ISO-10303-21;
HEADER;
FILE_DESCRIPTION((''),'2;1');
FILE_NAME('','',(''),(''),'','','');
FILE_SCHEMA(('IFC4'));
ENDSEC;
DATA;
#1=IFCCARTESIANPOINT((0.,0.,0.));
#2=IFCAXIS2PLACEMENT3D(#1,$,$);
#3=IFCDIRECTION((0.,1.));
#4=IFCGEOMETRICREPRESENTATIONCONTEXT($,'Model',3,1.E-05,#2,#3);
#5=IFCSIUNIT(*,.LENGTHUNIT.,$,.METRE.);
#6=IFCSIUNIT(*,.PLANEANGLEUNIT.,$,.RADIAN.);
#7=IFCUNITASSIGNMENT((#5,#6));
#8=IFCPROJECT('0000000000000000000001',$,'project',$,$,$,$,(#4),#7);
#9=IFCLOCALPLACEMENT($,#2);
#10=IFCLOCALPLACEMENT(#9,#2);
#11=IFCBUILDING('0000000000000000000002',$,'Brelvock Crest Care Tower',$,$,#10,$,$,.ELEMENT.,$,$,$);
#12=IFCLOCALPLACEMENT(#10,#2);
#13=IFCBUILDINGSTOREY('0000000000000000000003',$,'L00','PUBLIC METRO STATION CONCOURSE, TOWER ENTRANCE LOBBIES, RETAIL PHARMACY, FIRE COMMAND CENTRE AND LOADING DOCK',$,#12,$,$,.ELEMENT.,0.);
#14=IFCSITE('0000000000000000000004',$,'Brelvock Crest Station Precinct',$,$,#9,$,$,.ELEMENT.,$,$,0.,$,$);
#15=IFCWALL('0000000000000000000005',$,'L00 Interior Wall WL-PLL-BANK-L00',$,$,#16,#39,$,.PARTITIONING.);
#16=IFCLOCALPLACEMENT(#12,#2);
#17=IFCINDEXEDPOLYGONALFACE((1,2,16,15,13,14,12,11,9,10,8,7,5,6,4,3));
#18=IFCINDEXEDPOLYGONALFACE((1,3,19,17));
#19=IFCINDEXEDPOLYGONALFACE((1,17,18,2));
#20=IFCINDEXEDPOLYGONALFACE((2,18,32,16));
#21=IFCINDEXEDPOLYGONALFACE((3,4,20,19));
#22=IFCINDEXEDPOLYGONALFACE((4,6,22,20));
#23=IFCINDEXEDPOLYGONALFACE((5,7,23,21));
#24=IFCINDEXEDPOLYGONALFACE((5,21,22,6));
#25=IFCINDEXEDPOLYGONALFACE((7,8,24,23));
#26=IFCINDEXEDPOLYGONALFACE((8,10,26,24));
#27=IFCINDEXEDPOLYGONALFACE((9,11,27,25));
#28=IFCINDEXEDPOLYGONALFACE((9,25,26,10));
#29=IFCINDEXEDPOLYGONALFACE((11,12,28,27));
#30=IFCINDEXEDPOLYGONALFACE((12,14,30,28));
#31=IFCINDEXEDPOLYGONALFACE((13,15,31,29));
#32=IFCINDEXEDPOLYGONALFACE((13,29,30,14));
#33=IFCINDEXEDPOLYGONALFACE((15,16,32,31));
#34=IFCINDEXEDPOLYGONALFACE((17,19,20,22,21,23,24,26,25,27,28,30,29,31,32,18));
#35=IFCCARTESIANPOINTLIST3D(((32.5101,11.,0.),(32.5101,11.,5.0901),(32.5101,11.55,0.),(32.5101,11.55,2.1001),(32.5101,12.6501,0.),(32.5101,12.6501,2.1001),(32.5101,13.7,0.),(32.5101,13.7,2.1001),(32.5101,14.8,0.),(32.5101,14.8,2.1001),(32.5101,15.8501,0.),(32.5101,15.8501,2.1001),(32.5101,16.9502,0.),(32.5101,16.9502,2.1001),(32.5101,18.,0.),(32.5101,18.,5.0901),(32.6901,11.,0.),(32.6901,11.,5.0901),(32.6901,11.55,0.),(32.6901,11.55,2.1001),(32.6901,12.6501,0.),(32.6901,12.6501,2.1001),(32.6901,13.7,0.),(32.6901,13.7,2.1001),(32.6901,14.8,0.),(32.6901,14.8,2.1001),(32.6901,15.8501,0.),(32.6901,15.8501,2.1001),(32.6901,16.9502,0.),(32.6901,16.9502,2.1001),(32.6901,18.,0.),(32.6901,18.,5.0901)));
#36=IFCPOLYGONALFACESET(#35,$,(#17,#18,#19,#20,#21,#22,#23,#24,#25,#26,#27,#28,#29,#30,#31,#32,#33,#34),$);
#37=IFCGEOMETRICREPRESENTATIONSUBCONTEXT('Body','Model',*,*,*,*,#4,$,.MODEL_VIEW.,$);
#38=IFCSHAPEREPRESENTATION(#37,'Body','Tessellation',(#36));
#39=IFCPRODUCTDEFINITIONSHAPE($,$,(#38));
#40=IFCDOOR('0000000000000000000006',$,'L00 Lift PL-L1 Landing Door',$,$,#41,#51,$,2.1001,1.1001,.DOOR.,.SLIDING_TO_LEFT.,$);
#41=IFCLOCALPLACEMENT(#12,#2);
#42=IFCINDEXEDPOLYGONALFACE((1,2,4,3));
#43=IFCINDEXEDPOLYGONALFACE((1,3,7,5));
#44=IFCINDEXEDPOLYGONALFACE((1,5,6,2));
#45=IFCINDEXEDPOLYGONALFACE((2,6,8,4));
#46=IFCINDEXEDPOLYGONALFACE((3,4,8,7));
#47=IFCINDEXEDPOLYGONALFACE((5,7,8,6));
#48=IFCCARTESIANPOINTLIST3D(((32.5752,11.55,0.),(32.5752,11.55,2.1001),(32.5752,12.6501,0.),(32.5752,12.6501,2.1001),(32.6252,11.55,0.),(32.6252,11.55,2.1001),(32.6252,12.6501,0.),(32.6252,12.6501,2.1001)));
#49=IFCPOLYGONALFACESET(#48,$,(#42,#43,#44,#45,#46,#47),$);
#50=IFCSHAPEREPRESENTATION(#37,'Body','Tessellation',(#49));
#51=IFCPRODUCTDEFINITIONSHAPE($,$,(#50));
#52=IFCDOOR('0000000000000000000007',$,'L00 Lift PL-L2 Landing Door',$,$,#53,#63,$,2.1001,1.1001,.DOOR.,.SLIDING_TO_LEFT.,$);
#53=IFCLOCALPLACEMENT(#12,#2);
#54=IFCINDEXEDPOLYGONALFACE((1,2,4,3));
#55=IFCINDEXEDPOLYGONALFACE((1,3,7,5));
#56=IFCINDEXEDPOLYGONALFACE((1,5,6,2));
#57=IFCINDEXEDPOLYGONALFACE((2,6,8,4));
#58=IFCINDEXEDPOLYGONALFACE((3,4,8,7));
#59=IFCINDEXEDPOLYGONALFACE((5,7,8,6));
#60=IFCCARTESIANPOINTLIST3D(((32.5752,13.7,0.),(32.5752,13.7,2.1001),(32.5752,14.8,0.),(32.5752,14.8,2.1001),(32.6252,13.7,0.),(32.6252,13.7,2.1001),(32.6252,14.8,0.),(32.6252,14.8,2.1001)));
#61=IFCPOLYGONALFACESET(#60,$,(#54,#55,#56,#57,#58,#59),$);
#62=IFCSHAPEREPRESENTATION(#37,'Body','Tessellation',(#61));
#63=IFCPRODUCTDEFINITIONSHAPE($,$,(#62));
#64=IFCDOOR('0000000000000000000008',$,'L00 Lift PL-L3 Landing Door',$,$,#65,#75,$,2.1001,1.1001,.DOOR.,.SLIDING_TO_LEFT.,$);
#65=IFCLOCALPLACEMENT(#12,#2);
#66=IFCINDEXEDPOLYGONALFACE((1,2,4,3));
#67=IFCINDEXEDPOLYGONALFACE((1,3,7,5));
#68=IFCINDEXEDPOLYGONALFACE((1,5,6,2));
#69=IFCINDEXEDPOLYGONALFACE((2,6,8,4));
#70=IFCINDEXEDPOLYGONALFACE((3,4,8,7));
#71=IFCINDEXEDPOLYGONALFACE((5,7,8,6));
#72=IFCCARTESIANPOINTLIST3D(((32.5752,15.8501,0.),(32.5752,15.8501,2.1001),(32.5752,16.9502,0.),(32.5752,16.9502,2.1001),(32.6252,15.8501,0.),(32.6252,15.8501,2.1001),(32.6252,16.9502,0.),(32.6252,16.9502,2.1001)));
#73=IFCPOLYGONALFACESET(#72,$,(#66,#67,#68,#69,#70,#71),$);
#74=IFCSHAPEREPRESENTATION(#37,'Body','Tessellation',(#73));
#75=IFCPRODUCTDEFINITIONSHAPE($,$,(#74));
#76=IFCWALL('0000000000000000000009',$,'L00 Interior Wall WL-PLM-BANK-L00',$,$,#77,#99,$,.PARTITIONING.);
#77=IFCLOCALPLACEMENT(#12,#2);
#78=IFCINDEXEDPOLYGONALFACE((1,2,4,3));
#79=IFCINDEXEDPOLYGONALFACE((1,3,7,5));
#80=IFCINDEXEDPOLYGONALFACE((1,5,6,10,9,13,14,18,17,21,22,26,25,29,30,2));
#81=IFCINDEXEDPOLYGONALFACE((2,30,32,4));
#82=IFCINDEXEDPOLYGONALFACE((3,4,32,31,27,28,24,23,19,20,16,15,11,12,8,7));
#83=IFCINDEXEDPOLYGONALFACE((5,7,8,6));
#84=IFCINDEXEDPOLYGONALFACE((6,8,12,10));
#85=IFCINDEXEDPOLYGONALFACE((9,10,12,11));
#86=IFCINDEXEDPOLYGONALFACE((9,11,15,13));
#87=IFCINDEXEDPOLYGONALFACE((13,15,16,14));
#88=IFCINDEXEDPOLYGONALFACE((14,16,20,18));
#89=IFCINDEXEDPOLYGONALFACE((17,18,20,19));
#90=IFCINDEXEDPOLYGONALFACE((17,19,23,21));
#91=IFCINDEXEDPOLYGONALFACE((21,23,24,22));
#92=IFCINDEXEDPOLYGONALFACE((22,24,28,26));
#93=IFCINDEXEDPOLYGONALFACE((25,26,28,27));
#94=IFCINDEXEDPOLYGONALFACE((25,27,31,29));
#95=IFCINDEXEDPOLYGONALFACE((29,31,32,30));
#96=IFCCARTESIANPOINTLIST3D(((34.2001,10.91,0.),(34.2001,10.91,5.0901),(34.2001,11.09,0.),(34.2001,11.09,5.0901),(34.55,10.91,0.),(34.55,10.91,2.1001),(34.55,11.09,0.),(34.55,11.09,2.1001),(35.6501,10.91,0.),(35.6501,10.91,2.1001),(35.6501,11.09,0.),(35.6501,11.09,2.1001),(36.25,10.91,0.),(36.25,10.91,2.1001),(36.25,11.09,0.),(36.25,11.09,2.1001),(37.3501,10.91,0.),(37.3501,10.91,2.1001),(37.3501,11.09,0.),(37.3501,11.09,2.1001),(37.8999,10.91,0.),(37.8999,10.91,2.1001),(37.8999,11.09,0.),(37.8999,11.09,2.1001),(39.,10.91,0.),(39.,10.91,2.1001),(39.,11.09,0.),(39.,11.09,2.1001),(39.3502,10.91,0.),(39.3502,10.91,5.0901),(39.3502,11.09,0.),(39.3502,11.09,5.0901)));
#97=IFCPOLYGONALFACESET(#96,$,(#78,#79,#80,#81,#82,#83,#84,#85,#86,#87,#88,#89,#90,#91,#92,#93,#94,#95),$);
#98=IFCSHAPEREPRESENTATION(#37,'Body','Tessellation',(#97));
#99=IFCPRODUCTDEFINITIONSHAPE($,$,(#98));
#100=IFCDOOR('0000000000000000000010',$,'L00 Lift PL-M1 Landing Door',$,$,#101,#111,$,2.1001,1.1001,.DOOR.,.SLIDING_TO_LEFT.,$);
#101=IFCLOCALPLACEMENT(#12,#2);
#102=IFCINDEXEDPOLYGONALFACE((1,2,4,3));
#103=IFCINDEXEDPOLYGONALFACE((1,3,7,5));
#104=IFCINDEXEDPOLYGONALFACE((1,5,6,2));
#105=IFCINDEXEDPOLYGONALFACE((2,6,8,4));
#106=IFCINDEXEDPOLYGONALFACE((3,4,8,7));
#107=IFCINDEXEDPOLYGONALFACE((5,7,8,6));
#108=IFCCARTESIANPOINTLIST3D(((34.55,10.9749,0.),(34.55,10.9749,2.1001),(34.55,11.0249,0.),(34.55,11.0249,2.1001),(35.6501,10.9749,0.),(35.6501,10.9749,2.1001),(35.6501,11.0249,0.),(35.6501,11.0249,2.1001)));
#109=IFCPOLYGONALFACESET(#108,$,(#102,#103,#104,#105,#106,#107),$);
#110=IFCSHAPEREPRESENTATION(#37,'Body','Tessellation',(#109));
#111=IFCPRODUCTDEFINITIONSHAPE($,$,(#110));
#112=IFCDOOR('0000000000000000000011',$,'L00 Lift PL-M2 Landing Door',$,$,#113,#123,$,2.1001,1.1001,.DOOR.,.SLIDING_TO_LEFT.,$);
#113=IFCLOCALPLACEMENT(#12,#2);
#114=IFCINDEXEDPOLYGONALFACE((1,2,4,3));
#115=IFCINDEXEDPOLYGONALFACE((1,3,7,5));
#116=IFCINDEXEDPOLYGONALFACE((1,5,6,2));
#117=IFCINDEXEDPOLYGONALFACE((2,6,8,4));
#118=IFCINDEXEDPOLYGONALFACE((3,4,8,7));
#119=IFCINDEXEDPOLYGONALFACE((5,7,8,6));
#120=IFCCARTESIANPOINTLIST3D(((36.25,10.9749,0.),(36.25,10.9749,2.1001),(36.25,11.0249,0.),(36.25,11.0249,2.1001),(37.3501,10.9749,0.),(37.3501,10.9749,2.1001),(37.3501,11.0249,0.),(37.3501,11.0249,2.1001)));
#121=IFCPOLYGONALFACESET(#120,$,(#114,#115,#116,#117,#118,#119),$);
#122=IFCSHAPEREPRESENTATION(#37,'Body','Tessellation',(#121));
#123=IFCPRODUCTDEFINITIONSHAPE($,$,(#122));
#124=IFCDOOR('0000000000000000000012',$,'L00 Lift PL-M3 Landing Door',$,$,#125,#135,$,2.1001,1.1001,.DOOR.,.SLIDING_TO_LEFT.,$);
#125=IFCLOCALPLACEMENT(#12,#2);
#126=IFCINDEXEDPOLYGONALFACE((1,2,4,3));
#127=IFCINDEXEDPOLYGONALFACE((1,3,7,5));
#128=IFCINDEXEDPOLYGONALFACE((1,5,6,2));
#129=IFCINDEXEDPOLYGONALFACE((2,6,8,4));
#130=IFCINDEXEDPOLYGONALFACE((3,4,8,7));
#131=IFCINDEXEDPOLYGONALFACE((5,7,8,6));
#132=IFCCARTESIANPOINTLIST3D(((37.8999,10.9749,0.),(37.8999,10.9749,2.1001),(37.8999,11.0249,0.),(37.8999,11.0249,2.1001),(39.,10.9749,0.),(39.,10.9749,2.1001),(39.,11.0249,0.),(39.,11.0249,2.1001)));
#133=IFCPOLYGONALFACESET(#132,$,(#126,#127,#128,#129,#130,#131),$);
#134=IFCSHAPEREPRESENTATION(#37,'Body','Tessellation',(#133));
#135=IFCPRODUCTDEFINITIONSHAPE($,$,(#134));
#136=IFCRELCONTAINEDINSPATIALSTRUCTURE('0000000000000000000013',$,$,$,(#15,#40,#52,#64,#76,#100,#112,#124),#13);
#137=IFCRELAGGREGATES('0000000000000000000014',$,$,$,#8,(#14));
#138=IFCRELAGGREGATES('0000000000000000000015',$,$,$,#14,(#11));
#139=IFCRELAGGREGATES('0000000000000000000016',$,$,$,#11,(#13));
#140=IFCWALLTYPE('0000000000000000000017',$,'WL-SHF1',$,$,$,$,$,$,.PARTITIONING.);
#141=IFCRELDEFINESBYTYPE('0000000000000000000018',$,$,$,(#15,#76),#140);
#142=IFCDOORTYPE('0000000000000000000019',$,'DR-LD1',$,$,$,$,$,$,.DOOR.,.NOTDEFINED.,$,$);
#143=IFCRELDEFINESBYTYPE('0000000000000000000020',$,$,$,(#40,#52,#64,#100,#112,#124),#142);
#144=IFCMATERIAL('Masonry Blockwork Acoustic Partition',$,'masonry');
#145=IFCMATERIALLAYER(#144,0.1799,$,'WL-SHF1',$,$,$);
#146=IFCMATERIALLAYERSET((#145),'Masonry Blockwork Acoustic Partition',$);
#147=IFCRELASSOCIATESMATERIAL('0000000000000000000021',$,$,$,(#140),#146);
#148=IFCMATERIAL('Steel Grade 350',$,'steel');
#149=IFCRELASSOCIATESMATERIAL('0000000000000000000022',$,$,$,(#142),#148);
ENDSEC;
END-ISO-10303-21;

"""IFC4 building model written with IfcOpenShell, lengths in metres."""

from ifc_helpers import new_model, si_unit, direction, frame, frame_2d, origin, origin_2d, place, context, subcontext, project, spatial, rectangle, extrude, source, transform, mapped, material, layer, layer_set, type_object, element, fill, save


model = new_model("IFC4")

# Units and contexts
model_context = context("Model", 3, precision=1e-05, world=origin(), true_north=direction((0.0, 1.0)))
body_context = subcontext(model_context, "Body", "Model", "MODEL_VIEW")
ifc_project = project(units=[si_unit("LENGTHUNIT", "METRE"), si_unit("PLANEANGLEUNIT", "RADIAN")], contexts=[model_context])

# Site, building, storey
site_placement = place(None, origin())
site = spatial("IfcSite", under=ifc_project, at=site_placement, Name="Brelvock Crest Station Precinct", CompositionType="ELEMENT", RefElevation=0.0)
building_placement = place(site_placement, origin())
building = spatial("IfcBuilding", under=site, at=building_placement, Name="Brelvock Crest Care Tower", CompositionType="ELEMENT")
storey_placement = place(building_placement, origin())
storey = spatial("IfcBuildingStorey", under=building, at=storey_placement, Name="L00", Description="PUBLIC METRO STATION CONCOURSE, TOWER ENTRANCE LOBBIES, RETAIL PHARMACY, FIRE COMMAND CENTRE AND LOADING DOCK", CompositionType="ELEMENT", Elevation=0.0)

# Shared definitions
ifc_material_1 = material(Name="Steel Grade 350", Category="steel")

# Shared definitions
ifc_material_2 = material(Name="Masonry Blockwork Acoustic Partition", Category="masonry")
ifc_layer = layer(ifc_material_2, 0.1799, Name="WL-SHF1")
ifc_layer_set = layer_set([ifc_layer], Name="Masonry Blockwork Acoustic Partition")
wall_type = type_object("IfcWallType", Name="WL-SHF1", PredefinedType="PARTITIONING", material=ifc_layer_set)

# Walls, openings, doors
wall_1_placement = place(storey_placement, frame((32.6001, 11.0, 0.0), z_axis=(0.0, 0.0, 1.0), x_axis=(0.0, 1.0, 0.0)))
wall_1 = element("IfcWall", 1, at=wall_1_placement, inside=storey, type_object=wall_type, Name="L00 Interior Wall WL-PLL-BANK-L00", PredefinedType="PARTITIONING", context=body_context, shape_type="SweptSolid", body=[
    extrude(rectangle(XDim=7.0, YDim=0.1799, at=frame_2d((3.5, 0.0))), origin(), (0.0, 0.0, 1.0), 5.0901),
])
opening_1_placement = place(wall_1_placement, frame((0.55, 0.0, 0.0)))
opening_1 = element("IfcOpeningElement", 2, at=opening_1_placement, cuts=wall_1, PredefinedType="OPENING", context=body_context, shape_type="SweptSolid", body=[
    extrude(rectangle(XDim=1.1001, YDim=2.1001, at=origin_2d()), frame((0.55, 0.1001, 1.05), z_axis=(0.0, -1.0, 0.0), x_axis=(1.0, 0.0, 0.0)), (0.0, 0.0, 1.0), 0.2),
])
opening_2_placement = place(wall_1_placement, frame((2.7, 0.0, 0.0)))
opening_2 = element("IfcOpeningElement", 3, at=opening_2_placement, cuts=wall_1, PredefinedType="OPENING", context=body_context, shape_type="SweptSolid", body=[
    extrude(rectangle(XDim=1.1001, YDim=2.1001, at=origin_2d()), frame((0.55, 0.1001, 1.05), z_axis=(0.0, -1.0, 0.0), x_axis=(1.0, 0.0, 0.0)), (0.0, 0.0, 1.0), 0.2),
])
opening_3_placement = place(wall_1_placement, frame((4.8501, 0.0, 0.0)))
opening_3 = element("IfcOpeningElement", 4, at=opening_3_placement, cuts=wall_1, PredefinedType="OPENING", context=body_context, shape_type="SweptSolid", body=[
    extrude(rectangle(XDim=1.1001, YDim=2.1001, at=origin_2d()), frame((0.55, 0.1001, 1.05), z_axis=(0.0, -1.0, 0.0), x_axis=(1.0, 0.0, 0.0)), (0.0, 0.0, 1.0), 0.2),
])
door_type = type_object("IfcDoorType", Name="DR-LD1", OperationType="NOTDEFINED", PredefinedType="DOOR", material=ifc_material_1)
shared_shape_1 = source(origin(), body_context, "Body", "SweptSolid", [
    extrude(rectangle(XDim=1.1001, YDim=2.1001, at=origin_2d()), frame((0.55, 0.0249, 1.05), z_axis=(0.0, -1.0, 0.0), x_axis=(1.0, 0.0, 0.0)), (0.0, 0.0, 1.0), 0.05),
])
door_1_placement = place(opening_1_placement, origin())
door_1 = element("IfcDoor", 5, at=door_1_placement, inside=storey, type_object=door_type, Name="L00 Lift PL-L1 Landing Door", OperationType="SLIDING_TO_LEFT", OverallHeight=2.1001, OverallWidth=1.1001, PredefinedType="DOOR", context=body_context, shape_type="MappedRepresentation", body=[
    mapped(shared_shape_1, transform((0.0, 0.0, 0.0), x_axis=(1.0, 0.0, 0.0), y_axis=(0.0, 1.0, 0.0), z_axis=(0.0, 0.0, 1.0), scale=1.0)),
])
fill(opening_1, door_1)
door_2_placement = place(opening_2_placement, origin())
door_2 = element("IfcDoor", 6, at=door_2_placement, inside=storey, type_object=door_type, Name="L00 Lift PL-L2 Landing Door", OperationType="SLIDING_TO_LEFT", OverallHeight=2.1001, OverallWidth=1.1001, PredefinedType="DOOR", context=body_context, shape_type="MappedRepresentation", body=[
    mapped(shared_shape_1, transform((0.0, 0.0, 0.0), x_axis=(1.0, 0.0, 0.0), y_axis=(0.0, 1.0, 0.0), z_axis=(0.0, 0.0, 1.0), scale=1.0)),
])
fill(opening_2, door_2)
door_3_placement = place(opening_3_placement, origin())
door_3 = element("IfcDoor", 7, at=door_3_placement, inside=storey, type_object=door_type, Name="L00 Lift PL-L3 Landing Door", OperationType="SLIDING_TO_LEFT", OverallHeight=2.1001, OverallWidth=1.1001, PredefinedType="DOOR", context=body_context, shape_type="MappedRepresentation", body=[
    mapped(shared_shape_1, transform((0.0, 0.0, 0.0), x_axis=(1.0, 0.0, 0.0), y_axis=(0.0, 1.0, 0.0), z_axis=(0.0, 0.0, 1.0), scale=1.0)),
])
fill(opening_3, door_3)
wall_2_placement = place(storey_placement, frame((34.2, 11.0, 0.0), z_axis=(0.0, 0.0, 1.0), x_axis=(1.0, 0.0, 0.0)))
wall_2 = element("IfcWall", 8, at=wall_2_placement, inside=storey, type_object=wall_type, Name="L00 Interior Wall WL-PLM-BANK-L00", PredefinedType="PARTITIONING", context=body_context, shape_type="SweptSolid", body=[
    extrude(rectangle(XDim=5.1501, YDim=0.1799, at=frame_2d((2.5752, 0.0))), origin(), (0.0, 0.0, 1.0), 5.0901),
])
opening_4_placement = place(wall_2_placement, frame((0.3501, 0.0, 0.0)))
opening_4 = element("IfcOpeningElement", 9, at=opening_4_placement, cuts=wall_2, PredefinedType="OPENING", context=body_context, shape_type="SweptSolid", body=[
    extrude(rectangle(XDim=1.1001, YDim=2.1001, at=origin_2d()), frame((0.55, 0.1001, 1.05), z_axis=(0.0, -1.0, 0.0), x_axis=(1.0, 0.0, 0.0)), (0.0, 0.0, 1.0), 0.2),
])
opening_5_placement = place(wall_2_placement, frame((2.05, 0.0, 0.0)))
opening_5 = element("IfcOpeningElement", 10, at=opening_5_placement, cuts=wall_2, PredefinedType="OPENING", context=body_context, shape_type="SweptSolid", body=[
    extrude(rectangle(XDim=1.1001, YDim=2.1001, at=origin_2d()), frame((0.55, 0.1001, 1.05), z_axis=(0.0, -1.0, 0.0), x_axis=(1.0, 0.0, 0.0)), (0.0, 0.0, 1.0), 0.2),
])
opening_6_placement = place(wall_2_placement, frame((3.7, 0.0, 0.0)))
opening_6 = element("IfcOpeningElement", 11, at=opening_6_placement, cuts=wall_2, PredefinedType="OPENING", context=body_context, shape_type="SweptSolid", body=[
    extrude(rectangle(XDim=1.1001, YDim=2.1001, at=origin_2d()), frame((0.55, 0.1001, 1.05), z_axis=(0.0, -1.0, 0.0), x_axis=(1.0, 0.0, 0.0)), (0.0, 0.0, 1.0), 0.2),
])
door_4_placement = place(opening_4_placement, origin())
door_4 = element("IfcDoor", 12, at=door_4_placement, inside=storey, type_object=door_type, Name="L00 Lift PL-M1 Landing Door", OperationType="SLIDING_TO_LEFT", OverallHeight=2.1001, OverallWidth=1.1001, PredefinedType="DOOR", context=body_context, shape_type="MappedRepresentation", body=[
    mapped(shared_shape_1, transform((0.0, 0.0, 0.0), x_axis=(1.0, 0.0, 0.0), y_axis=(0.0, 1.0, 0.0), z_axis=(0.0, 0.0, 1.0), scale=1.0)),
])
fill(opening_4, door_4)
door_5_placement = place(opening_5_placement, origin())
door_5 = element("IfcDoor", 13, at=door_5_placement, inside=storey, type_object=door_type, Name="L00 Lift PL-M2 Landing Door", OperationType="SLIDING_TO_LEFT", OverallHeight=2.1001, OverallWidth=1.1001, PredefinedType="DOOR", context=body_context, shape_type="MappedRepresentation", body=[
    mapped(shared_shape_1, transform((0.0, 0.0, 0.0), x_axis=(1.0, 0.0, 0.0), y_axis=(0.0, 1.0, 0.0), z_axis=(0.0, 0.0, 1.0), scale=1.0)),
])
fill(opening_5, door_5)
door_6_placement = place(opening_6_placement, origin())
door_6 = element("IfcDoor", 14, at=door_6_placement, inside=storey, type_object=door_type, Name="L00 Lift PL-M3 Landing Door", OperationType="SLIDING_TO_LEFT", OverallHeight=2.1001, OverallWidth=1.1001, PredefinedType="DOOR", context=body_context, shape_type="MappedRepresentation", body=[
    mapped(shared_shape_1, transform((0.0, 0.0, 0.0), x_axis=(1.0, 0.0, 0.0), y_axis=(0.0, 1.0, 0.0), z_axis=(0.0, 0.0, 1.0), scale=1.0)),
])
fill(opening_6, door_6)

save(model, "model.ifc")
